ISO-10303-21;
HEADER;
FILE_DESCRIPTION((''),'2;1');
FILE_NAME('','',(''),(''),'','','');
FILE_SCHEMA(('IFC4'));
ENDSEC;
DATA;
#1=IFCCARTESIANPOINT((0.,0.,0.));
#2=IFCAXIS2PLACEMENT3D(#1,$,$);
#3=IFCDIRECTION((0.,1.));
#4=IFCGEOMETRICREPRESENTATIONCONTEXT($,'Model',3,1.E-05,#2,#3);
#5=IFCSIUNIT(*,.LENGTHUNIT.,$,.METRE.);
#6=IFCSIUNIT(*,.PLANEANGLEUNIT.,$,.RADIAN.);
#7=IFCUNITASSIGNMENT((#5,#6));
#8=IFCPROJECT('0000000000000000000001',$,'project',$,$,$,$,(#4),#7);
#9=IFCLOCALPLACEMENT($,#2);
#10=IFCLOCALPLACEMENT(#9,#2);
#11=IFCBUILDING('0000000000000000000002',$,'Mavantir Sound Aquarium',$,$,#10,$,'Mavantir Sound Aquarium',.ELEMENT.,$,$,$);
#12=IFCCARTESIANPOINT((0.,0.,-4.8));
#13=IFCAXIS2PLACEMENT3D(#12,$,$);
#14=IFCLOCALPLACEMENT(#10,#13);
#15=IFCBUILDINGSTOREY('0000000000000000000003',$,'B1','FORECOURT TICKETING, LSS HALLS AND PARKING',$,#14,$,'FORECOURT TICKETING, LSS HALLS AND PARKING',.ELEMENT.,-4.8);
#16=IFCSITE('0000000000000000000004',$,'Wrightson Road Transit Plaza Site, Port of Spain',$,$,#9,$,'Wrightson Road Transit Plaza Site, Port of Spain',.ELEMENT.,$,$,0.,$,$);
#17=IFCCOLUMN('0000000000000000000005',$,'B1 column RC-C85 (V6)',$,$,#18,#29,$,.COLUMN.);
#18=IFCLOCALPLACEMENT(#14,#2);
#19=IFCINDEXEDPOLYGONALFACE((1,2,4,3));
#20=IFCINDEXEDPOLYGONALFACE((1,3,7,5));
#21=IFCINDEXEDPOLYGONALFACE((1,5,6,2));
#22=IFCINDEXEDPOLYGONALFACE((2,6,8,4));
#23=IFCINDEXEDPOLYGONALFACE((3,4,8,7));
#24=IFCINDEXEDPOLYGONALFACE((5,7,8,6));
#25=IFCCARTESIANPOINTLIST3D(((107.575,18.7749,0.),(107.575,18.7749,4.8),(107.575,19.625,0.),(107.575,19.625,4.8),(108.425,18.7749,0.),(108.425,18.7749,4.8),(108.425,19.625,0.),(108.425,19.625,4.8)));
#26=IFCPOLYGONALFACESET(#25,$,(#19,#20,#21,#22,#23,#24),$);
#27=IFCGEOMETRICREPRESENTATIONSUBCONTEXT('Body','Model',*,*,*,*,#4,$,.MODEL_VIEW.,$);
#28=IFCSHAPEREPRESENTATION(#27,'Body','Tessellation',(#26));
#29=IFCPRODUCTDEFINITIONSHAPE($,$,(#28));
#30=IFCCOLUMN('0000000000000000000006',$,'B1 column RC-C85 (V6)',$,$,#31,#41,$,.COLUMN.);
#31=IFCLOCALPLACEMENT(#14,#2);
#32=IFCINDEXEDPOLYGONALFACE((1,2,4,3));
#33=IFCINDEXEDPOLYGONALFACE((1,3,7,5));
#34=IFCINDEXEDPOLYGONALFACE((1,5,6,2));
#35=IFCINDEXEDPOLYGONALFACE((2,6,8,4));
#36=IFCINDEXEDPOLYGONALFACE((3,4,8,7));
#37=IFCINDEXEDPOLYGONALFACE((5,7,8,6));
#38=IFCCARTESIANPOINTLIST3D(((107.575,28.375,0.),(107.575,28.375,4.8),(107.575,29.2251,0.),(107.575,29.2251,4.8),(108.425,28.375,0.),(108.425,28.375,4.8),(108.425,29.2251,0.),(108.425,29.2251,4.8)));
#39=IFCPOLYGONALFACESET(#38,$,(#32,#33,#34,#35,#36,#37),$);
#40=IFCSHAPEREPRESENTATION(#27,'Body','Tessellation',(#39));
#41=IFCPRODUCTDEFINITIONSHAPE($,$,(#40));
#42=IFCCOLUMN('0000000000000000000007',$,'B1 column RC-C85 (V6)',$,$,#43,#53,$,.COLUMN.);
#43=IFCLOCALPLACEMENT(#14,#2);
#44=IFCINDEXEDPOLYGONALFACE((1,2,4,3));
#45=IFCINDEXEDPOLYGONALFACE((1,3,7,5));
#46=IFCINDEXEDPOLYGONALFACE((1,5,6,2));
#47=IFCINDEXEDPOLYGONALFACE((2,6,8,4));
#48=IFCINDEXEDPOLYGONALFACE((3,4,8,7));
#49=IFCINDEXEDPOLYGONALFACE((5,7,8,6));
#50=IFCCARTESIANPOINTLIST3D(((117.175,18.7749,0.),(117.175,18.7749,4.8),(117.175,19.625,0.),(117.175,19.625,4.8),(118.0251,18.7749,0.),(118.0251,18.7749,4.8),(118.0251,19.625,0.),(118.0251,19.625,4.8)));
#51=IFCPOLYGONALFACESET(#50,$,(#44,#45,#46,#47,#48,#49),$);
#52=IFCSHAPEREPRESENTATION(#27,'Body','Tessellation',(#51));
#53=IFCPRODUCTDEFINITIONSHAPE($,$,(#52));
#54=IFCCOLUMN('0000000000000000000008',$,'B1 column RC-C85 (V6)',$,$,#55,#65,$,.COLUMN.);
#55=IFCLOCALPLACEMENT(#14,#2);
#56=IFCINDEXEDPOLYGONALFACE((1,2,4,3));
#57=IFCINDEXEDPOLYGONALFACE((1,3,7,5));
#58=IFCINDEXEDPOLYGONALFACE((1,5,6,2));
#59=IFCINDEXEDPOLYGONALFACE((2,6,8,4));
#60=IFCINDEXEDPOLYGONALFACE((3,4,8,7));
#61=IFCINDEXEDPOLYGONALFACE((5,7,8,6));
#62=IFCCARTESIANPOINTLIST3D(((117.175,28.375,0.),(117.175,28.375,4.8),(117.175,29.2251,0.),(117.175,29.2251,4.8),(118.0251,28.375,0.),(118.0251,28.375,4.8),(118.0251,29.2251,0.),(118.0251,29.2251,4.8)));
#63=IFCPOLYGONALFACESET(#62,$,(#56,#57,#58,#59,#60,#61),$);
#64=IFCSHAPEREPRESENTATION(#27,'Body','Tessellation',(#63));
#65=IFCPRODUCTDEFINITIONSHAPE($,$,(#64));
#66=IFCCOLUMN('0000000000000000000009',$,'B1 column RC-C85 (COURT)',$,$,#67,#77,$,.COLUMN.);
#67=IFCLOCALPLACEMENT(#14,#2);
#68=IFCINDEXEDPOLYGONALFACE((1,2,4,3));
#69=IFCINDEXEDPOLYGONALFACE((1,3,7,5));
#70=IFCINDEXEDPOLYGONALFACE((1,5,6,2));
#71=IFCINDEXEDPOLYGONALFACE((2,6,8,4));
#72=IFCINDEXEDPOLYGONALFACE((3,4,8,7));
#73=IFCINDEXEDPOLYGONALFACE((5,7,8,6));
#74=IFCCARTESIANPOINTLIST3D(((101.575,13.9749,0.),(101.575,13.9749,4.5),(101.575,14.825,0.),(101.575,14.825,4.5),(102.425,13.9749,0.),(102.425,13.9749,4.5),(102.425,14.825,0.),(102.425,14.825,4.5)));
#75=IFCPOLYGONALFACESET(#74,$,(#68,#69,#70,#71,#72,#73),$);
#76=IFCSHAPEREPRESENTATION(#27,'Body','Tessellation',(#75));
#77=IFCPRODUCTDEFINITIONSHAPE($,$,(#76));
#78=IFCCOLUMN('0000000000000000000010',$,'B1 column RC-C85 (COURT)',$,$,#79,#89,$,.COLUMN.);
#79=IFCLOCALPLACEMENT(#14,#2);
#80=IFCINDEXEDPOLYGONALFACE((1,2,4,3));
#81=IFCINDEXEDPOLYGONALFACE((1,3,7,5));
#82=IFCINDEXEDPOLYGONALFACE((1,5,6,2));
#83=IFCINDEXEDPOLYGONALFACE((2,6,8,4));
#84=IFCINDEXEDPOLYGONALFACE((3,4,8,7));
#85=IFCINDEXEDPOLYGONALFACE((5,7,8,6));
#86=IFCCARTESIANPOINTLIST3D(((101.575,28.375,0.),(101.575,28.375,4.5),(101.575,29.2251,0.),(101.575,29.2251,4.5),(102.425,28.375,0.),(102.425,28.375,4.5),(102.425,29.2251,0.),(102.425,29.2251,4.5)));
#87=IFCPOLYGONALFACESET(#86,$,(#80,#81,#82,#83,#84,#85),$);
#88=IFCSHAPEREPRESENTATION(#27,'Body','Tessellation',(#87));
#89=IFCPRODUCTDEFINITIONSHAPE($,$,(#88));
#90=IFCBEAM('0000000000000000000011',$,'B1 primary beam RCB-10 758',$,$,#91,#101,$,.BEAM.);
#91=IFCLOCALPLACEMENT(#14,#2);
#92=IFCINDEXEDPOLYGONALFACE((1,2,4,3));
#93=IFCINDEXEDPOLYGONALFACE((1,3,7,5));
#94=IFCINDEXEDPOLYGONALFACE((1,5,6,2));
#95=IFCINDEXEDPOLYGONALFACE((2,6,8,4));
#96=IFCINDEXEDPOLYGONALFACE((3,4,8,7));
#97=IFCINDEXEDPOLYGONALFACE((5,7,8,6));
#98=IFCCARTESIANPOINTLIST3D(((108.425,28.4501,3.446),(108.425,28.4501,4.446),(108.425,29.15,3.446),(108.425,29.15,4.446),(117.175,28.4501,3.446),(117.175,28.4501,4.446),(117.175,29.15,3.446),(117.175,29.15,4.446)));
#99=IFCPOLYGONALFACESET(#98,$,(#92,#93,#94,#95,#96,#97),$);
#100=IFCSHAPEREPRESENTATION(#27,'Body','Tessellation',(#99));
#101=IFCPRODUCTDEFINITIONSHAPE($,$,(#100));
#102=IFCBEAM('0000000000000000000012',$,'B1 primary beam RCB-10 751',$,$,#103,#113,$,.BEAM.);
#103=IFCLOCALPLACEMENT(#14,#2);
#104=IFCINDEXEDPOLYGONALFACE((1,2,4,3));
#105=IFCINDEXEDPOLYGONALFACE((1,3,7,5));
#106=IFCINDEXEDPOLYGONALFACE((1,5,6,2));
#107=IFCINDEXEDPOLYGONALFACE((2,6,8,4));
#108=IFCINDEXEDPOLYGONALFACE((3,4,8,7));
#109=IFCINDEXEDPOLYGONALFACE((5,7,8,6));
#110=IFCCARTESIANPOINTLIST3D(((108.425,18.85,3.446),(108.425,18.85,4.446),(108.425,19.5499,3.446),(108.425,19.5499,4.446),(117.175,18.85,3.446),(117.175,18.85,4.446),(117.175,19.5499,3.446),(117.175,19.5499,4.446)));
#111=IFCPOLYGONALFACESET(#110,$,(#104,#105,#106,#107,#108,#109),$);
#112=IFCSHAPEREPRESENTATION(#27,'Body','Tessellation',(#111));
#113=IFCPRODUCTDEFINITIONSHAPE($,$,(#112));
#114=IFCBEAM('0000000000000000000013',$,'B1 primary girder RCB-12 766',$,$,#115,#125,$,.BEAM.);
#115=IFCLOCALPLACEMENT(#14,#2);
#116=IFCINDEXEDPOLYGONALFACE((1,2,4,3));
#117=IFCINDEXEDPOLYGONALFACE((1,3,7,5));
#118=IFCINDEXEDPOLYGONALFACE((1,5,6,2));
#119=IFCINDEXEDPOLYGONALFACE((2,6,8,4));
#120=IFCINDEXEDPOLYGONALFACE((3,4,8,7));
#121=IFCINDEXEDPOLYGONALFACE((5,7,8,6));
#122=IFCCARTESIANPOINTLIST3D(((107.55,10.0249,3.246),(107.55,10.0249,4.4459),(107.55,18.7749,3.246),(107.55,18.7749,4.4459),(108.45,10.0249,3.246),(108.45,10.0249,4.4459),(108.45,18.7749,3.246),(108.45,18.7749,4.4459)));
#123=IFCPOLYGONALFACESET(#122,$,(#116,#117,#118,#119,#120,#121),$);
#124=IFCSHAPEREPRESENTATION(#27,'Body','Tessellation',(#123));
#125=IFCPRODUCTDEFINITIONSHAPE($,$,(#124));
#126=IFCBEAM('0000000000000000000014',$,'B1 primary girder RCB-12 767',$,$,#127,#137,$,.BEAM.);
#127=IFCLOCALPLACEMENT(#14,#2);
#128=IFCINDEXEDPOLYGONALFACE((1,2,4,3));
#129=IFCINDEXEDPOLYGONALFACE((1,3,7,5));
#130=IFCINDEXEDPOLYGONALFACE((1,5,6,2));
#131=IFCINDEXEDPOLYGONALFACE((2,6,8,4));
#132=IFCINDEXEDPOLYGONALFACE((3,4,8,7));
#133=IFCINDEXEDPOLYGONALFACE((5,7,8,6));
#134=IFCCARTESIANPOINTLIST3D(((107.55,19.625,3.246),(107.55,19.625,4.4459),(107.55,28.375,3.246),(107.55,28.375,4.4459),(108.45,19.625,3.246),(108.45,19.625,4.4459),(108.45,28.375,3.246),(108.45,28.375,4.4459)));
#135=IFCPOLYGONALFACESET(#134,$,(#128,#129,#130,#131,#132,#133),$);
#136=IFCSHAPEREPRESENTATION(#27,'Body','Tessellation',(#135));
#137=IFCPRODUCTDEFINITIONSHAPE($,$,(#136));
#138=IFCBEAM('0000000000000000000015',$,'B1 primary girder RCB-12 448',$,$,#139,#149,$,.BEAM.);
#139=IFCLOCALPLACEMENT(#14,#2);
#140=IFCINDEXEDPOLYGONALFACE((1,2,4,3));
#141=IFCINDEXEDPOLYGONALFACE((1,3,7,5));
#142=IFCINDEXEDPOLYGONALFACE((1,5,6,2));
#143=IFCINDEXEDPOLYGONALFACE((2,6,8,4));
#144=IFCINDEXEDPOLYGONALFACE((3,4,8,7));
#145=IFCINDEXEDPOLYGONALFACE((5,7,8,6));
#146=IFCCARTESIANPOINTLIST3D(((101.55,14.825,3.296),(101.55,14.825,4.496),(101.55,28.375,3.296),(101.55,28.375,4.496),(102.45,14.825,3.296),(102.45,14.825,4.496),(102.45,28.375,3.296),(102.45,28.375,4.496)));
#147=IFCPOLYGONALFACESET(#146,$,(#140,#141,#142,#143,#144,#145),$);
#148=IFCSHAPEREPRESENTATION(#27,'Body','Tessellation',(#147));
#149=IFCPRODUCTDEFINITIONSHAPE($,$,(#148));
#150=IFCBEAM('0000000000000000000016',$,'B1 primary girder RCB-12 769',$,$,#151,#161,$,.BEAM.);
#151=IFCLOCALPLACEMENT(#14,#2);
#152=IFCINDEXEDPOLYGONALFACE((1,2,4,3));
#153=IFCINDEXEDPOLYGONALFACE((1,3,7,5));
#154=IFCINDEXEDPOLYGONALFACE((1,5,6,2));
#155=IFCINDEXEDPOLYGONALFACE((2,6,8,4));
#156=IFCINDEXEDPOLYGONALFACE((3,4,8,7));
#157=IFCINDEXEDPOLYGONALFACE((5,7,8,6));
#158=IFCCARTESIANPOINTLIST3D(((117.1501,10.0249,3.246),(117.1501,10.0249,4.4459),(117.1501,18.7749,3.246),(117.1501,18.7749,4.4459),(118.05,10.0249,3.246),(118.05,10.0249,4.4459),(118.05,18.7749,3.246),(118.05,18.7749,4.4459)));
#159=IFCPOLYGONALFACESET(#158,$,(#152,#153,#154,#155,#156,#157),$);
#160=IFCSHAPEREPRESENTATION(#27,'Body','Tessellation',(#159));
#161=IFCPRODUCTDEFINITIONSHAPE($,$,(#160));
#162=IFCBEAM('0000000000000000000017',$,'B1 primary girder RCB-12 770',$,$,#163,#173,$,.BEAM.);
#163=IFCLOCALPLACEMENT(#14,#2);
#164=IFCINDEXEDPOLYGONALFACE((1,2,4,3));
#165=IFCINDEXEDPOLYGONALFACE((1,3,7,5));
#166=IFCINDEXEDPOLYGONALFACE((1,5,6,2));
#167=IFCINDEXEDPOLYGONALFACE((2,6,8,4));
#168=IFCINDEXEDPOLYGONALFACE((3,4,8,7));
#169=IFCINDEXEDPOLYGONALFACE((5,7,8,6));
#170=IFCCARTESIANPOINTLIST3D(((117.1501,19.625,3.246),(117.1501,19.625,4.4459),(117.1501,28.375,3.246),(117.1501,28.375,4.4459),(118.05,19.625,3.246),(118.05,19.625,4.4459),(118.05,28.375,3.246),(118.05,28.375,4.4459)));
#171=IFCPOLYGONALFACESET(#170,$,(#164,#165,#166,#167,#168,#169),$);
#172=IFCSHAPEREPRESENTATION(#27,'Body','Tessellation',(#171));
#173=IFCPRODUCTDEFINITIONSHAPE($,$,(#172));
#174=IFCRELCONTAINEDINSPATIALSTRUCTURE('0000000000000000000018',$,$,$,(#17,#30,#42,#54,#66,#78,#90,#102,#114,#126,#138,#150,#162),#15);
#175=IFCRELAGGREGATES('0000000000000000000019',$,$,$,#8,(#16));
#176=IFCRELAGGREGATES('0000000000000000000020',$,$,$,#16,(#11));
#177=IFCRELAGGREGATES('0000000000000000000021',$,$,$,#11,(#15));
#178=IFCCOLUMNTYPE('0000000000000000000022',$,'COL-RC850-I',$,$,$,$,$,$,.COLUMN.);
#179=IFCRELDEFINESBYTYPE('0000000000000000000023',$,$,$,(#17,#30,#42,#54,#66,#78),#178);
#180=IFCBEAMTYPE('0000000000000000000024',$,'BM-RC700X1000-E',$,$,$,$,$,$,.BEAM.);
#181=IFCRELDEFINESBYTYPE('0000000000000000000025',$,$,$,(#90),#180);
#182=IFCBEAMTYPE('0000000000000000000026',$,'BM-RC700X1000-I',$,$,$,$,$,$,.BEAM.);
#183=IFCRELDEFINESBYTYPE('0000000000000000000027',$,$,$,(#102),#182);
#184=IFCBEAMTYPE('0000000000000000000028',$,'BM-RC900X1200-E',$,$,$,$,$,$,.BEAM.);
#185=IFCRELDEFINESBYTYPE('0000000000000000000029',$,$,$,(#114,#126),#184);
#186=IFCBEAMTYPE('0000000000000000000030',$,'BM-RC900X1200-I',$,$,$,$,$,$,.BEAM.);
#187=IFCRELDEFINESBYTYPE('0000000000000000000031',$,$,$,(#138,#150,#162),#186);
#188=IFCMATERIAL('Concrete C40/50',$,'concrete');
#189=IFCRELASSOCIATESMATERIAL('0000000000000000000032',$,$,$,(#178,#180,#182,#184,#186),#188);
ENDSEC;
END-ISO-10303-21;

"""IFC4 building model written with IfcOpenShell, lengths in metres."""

from ifc_helpers import new_model, si_unit, direction, frame, origin, origin_2d, place, context, subcontext, project, spatial, rectangle, extrude, material, material_profile, profile_set, type_object, element, save


model = new_model("IFC4")

# Units and contexts
model_context = context("Model", 3, precision=1e-05, world=origin(), true_north=direction((0.0, 1.0)))
body_context = subcontext(model_context, "Body", "Model", "MODEL_VIEW")
ifc_project = project(units=[si_unit("LENGTHUNIT", "METRE"), si_unit("PLANEANGLEUNIT", "RADIAN")], contexts=[model_context])

# Site, building, storey
site_placement = place(None, origin())
site = spatial("IfcSite", under=ifc_project, at=site_placement, Name="Wrightson Road Transit Plaza Site, Port of Spain", LongName="Wrightson Road Transit Plaza Site, Port of Spain", CompositionType="ELEMENT", RefElevation=0.0)
building_placement = place(site_placement, origin())
building = spatial("IfcBuilding", under=site, at=building_placement, Name="Mavantir Sound Aquarium", LongName="Mavantir Sound Aquarium", CompositionType="ELEMENT")
storey_placement = place(building_placement, frame((0.0, 0.0, -4.8)))
storey = spatial("IfcBuildingStorey", under=building, at=storey_placement, Name="B1", Description="FORECOURT TICKETING, LSS HALLS AND PARKING", LongName="FORECOURT TICKETING, LSS HALLS AND PARKING", CompositionType="ELEMENT", Elevation=-4.8)

# Columns
ifc_material_1 = material(Name="Concrete C40/50", Category="concrete")
ifc_material_profile_1 = material_profile(ifc_material_1, rectangle(XDim=0.8501, YDim=0.8501, at=origin_2d()), Name="RC 850X850")
ifc_profile_set_1 = profile_set([ifc_material_profile_1], Name="Concrete C40/50")
column_type = type_object("IfcColumnType", Name="COL-RC850-I", PredefinedType="COLUMN", material=ifc_profile_set_1)
for number, where, z_axis, x_axis, name in (
    (1, (108.0, 19.2, 0.0), (0.0, 0.0, 1.0), (1.0, 0.0, 0.0), "B1 column RC-C85 (V6)"),
    (2, (108.0, 28.8, 0.0), (0.0, 0.0, 1.0), (1.0, 0.0, 0.0), "B1 column RC-C85 (V6)"),
    (3, (117.6001, 19.2, 0.0), (0.0, 0.0, 1.0), (1.0, 0.0, 0.0), "B1 column RC-C85 (V6)"),
    (4, (117.6001, 28.8, 0.0), (0.0, 0.0, 1.0), (1.0, 0.0, 0.0), "B1 column RC-C85 (V6)"),
):
    element("IfcColumn", number, at=place(storey_placement, frame(where, z_axis=z_axis, x_axis=x_axis)), inside=storey, type_object=column_type, Name=name, PredefinedType="COLUMN", context=body_context, shape_type="SweptSolid", body=[
        extrude(rectangle(XDim=0.8501, YDim=0.8501, at=origin_2d()), origin(), (0.0, 0.0, 1.0), 4.8),
    ])
for number, where, z_axis, x_axis, name in (
    (5, (102.0, 14.3999, 0.0), (0.0, 0.0, 1.0), (1.0, 0.0, 0.0), "B1 column RC-C85 (COURT)"),
    (6, (102.0, 28.8, 0.0), (0.0, 0.0, 1.0), (1.0, 0.0, 0.0), "B1 column RC-C85 (COURT)"),
):
    element("IfcColumn", number, at=place(storey_placement, frame(where, z_axis=z_axis, x_axis=x_axis)), inside=storey, type_object=column_type, Name=name, PredefinedType="COLUMN", context=body_context, shape_type="SweptSolid", body=[
        extrude(rectangle(XDim=0.8501, YDim=0.8501, at=origin_2d()), origin(), (0.0, 0.0, 1.0), 4.5),
    ])

# Beams
ifc_material_profile_2 = material_profile(ifc_material_1, rectangle(XDim=0.7, YDim=1.0, at=origin_2d()), Name="RC 700X1000")
ifc_profile_set_2 = profile_set([ifc_material_profile_2], Name="Concrete C40/50")
beam_type_1 = type_object("IfcBeamType", Name="BM-RC700X1000-E", PredefinedType="BEAM", material=ifc_profile_set_2)
beam_1_placement = place(storey_placement, frame((108.425, 28.8, 3.946), z_axis=(1.0, 0.0, 0.0), x_axis=(0.0, 1.0, 0.0)))
element("IfcBeam", 7, at=beam_1_placement, inside=storey, type_object=beam_type_1, Name="B1 primary beam RCB-10 758", PredefinedType="BEAM", context=body_context, shape_type="SweptSolid", body=[
    extrude(rectangle(XDim=0.7, YDim=1.0, at=origin_2d()), origin(), (0.0, 0.0, 1.0), 8.75),
])
ifc_material_profile_3 = material_profile(ifc_material_1, rectangle(XDim=0.7, YDim=1.0, at=origin_2d()), Name="RC 700X1000")
ifc_profile_set_3 = profile_set([ifc_material_profile_3], Name="Concrete C40/50")
beam_type_2 = type_object("IfcBeamType", Name="BM-RC700X1000-I", PredefinedType="BEAM", material=ifc_profile_set_3)
beam_2_placement = place(storey_placement, frame((108.425, 19.2, 3.946), z_axis=(1.0, 0.0, 0.0), x_axis=(0.0, 1.0, 0.0)))
element("IfcBeam", 8, at=beam_2_placement, inside=storey, type_object=beam_type_2, Name="B1 primary beam RCB-10 751", PredefinedType="BEAM", context=body_context, shape_type="SweptSolid", body=[
    extrude(rectangle(XDim=0.7, YDim=1.0, at=origin_2d()), origin(), (0.0, 0.0, 1.0), 8.75),
])
ifc_material_profile_4 = material_profile(ifc_material_1, rectangle(XDim=0.8999, YDim=1.2, at=origin_2d()), Name="RC 900X1200")
ifc_profile_set_4 = profile_set([ifc_material_profile_4], Name="Concrete C40/50")
beam_type_3 = type_object("IfcBeamType", Name="BM-RC900X1200-E", PredefinedType="BEAM", material=ifc_profile_set_4)
for number, where, z_axis, x_axis, name in (
    (9, (108.0, 10.0249, 3.8459), (0.0, 1.0, 0.0), (-1.0, 0.0, 0.0), "B1 primary girder RCB-12 766"),
    (10, (108.0, 19.625, 3.8459), (0.0, 1.0, 0.0), (-1.0, 0.0, 0.0), "B1 primary girder RCB-12 767"),
):
    element("IfcBeam", number, at=place(storey_placement, frame(where, z_axis=z_axis, x_axis=x_axis)), inside=storey, type_object=beam_type_3, Name=name, PredefinedType="BEAM", context=body_context, shape_type="SweptSolid", body=[
        extrude(rectangle(XDim=0.8999, YDim=1.2, at=origin_2d()), origin(), (0.0, 0.0, 1.0), 8.75),
    ])
ifc_material_profile_5 = material_profile(ifc_material_1, rectangle(XDim=0.8999, YDim=1.2, at=origin_2d()), Name="RC 900X1200")
ifc_profile_set_5 = profile_set([ifc_material_profile_5], Name="Concrete C40/50")
beam_type_4 = type_object("IfcBeamType", Name="BM-RC900X1200-I", PredefinedType="BEAM", material=ifc_profile_set_5)
beam_3_placement = place(storey_placement, frame((102.0, 14.825, 3.896), z_axis=(0.0, 1.0, 0.0), x_axis=(-1.0, 0.0, 0.0)))
element("IfcBeam", 11, at=beam_3_placement, inside=storey, type_object=beam_type_4, Name="B1 primary girder RCB-12 448", PredefinedType="BEAM", context=body_context, shape_type="SweptSolid", body=[
    extrude(rectangle(XDim=0.8999, YDim=1.2, at=origin_2d()), origin(), (0.0, 0.0, 1.0), 13.55),
])
for number, where, z_axis, x_axis, name in (
    (12, (117.6001, 10.0249, 3.8459), (0.0, 1.0, 0.0), (-1.0, 0.0, 0.0), "B1 primary girder RCB-12 769"),
    (13, (117.6001, 19.625, 3.8459), (0.0, 1.0, 0.0), (-1.0, 0.0, 0.0), "B1 primary girder RCB-12 770"),
):
    element("IfcBeam", number, at=place(storey_placement, frame(where, z_axis=z_axis, x_axis=x_axis)), inside=storey, type_object=beam_type_4, Name=name, PredefinedType="BEAM", context=body_context, shape_type="SweptSolid", body=[
        extrude(rectangle(XDim=0.8999, YDim=1.2, at=origin_2d()), origin(), (0.0, 0.0, 1.0), 8.75),
    ])

save(model, "model.ifc")
